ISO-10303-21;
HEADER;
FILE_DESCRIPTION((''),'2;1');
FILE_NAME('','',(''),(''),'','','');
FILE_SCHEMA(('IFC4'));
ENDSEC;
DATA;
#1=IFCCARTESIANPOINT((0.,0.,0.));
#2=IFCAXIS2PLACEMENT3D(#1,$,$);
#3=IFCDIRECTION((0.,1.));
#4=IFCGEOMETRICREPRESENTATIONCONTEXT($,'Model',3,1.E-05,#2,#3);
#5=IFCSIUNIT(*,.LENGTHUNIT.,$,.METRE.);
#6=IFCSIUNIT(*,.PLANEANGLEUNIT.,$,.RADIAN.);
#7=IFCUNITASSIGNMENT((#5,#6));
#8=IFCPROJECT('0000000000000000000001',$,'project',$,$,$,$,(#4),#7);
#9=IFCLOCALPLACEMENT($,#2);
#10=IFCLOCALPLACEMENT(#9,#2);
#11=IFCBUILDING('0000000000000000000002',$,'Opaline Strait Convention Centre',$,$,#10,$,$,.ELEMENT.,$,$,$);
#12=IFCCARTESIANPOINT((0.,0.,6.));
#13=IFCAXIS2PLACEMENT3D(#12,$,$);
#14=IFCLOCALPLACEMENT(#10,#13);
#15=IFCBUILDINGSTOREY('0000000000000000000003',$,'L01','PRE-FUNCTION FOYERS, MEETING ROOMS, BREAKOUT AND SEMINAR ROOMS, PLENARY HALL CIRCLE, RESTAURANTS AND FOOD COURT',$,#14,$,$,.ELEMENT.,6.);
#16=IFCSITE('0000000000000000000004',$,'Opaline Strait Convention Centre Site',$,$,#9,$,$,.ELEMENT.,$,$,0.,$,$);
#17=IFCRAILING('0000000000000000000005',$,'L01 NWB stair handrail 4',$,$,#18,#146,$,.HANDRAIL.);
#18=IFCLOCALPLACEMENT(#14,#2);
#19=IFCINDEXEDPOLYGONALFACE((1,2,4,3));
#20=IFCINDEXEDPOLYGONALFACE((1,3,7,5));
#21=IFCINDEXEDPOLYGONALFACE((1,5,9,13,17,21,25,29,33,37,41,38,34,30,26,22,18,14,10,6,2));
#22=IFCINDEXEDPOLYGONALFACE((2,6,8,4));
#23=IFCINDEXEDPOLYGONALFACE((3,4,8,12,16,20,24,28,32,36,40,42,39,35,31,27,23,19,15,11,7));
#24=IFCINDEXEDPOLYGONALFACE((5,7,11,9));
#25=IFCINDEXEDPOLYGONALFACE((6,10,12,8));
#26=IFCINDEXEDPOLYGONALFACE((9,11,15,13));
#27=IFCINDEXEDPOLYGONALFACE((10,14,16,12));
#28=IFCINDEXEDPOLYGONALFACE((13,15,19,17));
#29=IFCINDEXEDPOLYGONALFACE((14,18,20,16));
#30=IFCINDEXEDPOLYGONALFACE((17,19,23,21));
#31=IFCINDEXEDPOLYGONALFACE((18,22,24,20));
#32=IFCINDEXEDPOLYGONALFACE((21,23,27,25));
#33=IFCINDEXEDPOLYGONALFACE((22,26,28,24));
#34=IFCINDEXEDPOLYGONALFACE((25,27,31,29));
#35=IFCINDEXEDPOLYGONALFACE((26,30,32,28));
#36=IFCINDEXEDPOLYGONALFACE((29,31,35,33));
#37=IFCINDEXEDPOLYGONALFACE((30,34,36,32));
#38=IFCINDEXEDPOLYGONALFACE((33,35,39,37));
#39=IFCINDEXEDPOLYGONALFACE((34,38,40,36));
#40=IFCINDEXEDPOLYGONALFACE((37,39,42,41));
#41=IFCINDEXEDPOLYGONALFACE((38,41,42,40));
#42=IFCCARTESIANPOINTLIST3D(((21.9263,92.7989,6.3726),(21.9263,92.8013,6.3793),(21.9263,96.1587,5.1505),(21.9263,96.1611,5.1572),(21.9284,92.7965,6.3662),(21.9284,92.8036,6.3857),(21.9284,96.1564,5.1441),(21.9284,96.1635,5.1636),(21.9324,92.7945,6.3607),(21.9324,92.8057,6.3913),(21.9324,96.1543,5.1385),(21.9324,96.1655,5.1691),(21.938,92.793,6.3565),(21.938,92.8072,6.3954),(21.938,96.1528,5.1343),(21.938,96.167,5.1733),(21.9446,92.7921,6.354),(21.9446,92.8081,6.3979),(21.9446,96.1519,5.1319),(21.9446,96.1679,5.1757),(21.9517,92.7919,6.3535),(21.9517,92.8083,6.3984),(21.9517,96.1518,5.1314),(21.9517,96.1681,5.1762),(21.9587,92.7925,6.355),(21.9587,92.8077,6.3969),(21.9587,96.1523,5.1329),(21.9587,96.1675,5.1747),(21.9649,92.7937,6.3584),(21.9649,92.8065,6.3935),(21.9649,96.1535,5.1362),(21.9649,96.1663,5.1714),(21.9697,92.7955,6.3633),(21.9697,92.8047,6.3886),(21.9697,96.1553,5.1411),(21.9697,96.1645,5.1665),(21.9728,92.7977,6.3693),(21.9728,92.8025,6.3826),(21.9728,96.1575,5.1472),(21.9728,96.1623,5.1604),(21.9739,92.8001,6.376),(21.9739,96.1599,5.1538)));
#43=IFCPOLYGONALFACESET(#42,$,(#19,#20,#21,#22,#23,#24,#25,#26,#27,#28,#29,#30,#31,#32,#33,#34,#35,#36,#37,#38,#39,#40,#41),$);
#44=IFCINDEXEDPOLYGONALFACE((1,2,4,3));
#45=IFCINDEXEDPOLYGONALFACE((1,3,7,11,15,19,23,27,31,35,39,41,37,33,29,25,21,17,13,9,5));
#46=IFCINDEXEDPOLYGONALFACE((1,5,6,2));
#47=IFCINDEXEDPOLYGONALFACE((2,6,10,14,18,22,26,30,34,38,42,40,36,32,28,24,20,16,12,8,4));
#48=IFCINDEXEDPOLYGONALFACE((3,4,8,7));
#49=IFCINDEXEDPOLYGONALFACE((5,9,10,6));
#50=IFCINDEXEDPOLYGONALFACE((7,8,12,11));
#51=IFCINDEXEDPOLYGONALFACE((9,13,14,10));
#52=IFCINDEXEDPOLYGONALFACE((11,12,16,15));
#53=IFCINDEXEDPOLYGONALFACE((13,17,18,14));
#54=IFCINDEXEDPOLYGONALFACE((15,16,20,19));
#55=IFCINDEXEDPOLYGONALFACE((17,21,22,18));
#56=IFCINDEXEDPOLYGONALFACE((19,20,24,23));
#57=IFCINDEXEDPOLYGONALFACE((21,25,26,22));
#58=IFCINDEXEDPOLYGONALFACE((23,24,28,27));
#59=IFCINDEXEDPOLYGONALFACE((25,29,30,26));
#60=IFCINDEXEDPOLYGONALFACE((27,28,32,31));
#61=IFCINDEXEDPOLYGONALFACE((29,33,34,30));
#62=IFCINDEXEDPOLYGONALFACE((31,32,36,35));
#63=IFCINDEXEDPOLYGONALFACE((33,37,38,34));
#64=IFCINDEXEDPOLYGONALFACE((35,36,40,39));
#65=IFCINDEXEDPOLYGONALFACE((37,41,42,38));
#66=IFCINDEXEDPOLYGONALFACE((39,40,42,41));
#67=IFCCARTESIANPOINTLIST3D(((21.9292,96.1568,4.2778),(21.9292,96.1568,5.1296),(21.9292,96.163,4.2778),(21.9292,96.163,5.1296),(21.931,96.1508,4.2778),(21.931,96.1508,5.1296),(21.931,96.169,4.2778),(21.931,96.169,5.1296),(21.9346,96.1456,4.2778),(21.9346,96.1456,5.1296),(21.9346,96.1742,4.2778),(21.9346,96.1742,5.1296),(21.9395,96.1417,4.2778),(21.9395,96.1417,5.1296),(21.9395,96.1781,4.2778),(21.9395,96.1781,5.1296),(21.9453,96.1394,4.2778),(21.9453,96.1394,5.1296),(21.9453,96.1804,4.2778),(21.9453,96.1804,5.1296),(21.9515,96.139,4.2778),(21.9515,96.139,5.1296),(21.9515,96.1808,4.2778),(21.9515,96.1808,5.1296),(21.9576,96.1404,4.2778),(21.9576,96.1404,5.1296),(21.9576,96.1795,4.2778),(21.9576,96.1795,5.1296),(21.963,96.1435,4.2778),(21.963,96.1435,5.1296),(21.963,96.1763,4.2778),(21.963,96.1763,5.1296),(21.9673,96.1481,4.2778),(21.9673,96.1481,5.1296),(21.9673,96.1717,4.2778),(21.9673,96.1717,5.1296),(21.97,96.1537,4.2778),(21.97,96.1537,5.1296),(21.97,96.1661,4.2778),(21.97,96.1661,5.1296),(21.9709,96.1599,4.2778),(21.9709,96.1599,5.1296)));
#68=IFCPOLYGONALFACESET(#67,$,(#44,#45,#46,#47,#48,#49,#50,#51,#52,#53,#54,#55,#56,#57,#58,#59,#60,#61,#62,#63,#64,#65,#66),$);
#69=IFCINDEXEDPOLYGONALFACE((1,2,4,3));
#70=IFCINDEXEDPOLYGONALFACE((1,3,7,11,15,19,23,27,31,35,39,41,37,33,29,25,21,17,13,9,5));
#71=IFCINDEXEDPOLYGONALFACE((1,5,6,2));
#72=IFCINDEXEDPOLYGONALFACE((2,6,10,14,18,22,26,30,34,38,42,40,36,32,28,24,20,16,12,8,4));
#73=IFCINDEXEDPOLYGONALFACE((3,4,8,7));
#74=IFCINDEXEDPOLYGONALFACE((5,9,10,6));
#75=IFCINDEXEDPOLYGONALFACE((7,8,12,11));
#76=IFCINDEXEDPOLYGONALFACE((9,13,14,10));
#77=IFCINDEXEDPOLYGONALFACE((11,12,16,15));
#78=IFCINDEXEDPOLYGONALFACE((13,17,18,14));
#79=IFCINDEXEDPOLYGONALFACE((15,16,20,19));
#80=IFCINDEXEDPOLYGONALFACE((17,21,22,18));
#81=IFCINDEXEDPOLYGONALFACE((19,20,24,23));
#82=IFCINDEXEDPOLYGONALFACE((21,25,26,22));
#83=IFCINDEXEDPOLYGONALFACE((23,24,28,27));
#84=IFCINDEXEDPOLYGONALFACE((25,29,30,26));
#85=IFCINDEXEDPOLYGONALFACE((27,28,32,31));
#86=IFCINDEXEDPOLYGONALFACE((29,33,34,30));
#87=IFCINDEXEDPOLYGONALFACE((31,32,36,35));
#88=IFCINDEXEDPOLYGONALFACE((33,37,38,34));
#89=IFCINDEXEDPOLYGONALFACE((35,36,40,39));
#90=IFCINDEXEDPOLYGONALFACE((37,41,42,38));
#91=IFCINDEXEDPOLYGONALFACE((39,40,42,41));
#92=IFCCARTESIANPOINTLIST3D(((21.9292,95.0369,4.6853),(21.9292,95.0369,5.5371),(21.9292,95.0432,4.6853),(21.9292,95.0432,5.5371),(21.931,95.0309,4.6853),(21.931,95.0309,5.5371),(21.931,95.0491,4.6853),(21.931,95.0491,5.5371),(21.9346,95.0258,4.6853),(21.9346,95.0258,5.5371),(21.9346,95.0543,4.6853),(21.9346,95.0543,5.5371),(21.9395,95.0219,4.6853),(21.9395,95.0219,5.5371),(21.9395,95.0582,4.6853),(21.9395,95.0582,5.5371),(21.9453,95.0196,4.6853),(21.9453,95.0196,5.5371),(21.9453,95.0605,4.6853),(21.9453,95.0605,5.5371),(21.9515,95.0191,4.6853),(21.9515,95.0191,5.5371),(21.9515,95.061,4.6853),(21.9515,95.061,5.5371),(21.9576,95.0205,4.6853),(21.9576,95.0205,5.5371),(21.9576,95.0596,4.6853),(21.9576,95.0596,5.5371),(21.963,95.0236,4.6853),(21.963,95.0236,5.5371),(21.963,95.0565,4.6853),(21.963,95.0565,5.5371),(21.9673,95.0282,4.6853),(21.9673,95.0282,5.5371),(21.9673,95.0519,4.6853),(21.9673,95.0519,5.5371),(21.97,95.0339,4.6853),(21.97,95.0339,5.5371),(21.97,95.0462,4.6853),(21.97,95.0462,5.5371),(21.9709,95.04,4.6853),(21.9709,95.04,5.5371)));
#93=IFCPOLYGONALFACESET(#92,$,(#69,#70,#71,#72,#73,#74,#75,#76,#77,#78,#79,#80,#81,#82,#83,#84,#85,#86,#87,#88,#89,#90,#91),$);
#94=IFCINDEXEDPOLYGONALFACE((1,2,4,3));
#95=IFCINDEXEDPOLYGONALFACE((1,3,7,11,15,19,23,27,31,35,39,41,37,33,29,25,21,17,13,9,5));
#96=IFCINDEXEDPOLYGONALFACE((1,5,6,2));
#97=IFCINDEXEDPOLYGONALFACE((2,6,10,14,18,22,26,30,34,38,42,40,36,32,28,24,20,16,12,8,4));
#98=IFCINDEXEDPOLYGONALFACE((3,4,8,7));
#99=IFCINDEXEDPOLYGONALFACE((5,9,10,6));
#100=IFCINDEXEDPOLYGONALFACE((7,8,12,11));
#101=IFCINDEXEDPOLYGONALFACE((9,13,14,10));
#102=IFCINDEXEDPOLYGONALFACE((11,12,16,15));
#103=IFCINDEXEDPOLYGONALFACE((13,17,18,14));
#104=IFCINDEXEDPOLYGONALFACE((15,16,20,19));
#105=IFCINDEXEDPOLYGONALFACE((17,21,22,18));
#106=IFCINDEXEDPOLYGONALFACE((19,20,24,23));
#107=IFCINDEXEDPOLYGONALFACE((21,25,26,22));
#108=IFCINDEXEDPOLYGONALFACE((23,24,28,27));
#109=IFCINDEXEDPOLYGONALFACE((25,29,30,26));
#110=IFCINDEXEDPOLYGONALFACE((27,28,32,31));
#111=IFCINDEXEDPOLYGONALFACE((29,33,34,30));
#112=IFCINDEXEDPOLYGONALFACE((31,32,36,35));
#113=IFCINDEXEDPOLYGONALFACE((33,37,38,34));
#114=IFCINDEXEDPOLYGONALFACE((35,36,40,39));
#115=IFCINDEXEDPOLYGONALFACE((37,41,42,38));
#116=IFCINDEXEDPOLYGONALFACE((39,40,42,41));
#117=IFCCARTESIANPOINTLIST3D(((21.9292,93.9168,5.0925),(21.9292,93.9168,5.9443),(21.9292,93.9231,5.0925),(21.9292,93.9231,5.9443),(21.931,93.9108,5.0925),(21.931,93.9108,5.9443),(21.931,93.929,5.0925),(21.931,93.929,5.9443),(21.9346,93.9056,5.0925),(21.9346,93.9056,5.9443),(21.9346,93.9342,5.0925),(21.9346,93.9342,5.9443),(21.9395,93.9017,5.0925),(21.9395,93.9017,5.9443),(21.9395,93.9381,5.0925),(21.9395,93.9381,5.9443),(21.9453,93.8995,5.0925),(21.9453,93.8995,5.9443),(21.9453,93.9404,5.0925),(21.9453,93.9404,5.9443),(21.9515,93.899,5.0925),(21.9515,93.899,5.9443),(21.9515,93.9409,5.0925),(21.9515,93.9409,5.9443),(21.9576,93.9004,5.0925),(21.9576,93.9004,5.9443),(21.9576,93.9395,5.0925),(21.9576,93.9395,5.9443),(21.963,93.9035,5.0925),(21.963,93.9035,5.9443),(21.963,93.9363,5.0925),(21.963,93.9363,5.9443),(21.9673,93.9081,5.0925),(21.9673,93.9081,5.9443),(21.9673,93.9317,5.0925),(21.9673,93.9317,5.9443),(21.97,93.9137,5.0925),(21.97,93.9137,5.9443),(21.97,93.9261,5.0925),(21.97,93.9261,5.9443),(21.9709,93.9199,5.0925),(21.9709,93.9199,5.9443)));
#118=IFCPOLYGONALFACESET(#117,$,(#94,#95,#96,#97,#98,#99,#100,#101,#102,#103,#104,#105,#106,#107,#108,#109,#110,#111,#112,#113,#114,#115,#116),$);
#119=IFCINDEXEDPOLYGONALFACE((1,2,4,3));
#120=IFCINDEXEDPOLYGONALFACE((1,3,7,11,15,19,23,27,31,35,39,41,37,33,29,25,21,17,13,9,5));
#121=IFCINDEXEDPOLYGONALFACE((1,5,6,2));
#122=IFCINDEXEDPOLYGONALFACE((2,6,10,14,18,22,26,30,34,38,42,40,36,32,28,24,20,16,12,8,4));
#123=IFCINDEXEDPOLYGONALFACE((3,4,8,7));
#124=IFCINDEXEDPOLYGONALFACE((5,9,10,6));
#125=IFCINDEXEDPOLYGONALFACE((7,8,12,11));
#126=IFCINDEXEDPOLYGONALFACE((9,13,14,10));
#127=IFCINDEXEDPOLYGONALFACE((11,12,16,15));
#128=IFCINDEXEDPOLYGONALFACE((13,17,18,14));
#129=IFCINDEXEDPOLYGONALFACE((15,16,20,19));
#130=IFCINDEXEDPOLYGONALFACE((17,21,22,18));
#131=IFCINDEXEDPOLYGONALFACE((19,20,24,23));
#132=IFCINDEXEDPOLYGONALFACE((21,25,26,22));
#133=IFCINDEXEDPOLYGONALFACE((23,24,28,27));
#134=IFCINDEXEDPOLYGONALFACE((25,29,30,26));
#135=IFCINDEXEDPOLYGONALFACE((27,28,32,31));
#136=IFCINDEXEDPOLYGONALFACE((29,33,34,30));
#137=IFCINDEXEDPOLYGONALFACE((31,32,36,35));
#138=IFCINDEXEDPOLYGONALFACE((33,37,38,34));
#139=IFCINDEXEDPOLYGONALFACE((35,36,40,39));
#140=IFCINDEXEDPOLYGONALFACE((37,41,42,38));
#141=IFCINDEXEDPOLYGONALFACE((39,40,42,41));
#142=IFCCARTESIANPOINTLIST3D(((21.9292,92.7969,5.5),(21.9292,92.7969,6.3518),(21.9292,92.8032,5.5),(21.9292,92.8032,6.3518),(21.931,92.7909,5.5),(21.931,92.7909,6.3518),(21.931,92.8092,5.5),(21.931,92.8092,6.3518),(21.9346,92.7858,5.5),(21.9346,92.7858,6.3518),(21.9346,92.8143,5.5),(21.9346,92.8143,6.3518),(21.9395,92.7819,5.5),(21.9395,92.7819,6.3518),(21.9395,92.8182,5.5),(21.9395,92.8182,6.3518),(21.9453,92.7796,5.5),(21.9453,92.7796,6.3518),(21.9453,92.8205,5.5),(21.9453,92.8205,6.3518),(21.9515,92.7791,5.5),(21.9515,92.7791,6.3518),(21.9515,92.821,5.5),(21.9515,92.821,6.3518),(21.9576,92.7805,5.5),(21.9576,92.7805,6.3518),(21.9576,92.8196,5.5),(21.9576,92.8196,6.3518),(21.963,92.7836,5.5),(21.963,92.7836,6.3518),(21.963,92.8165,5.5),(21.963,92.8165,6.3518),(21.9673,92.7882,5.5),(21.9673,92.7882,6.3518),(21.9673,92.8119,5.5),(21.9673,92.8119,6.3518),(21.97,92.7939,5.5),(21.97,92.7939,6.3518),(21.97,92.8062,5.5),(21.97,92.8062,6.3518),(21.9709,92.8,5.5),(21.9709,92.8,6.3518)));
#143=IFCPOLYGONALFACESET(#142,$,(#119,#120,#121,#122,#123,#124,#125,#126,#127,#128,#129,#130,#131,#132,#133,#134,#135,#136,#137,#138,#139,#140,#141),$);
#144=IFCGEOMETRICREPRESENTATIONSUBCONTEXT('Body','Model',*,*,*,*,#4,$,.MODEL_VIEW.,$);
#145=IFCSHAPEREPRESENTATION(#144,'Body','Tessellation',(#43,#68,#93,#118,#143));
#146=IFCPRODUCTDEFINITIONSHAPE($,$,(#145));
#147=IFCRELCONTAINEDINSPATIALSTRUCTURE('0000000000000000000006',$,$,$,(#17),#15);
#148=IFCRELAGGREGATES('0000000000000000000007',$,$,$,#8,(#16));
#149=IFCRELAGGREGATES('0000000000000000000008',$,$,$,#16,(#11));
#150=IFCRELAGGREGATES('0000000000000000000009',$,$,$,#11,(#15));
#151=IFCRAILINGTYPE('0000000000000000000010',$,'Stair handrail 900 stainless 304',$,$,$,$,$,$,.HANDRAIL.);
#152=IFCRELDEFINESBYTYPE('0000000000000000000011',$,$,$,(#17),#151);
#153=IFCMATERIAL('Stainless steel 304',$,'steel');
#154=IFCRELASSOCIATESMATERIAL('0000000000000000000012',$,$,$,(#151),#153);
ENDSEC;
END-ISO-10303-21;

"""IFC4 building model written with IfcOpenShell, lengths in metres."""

from ifc_helpers import new_model, si_unit, direction, frame, origin, origin_2d, place, context, subcontext, project, spatial, circle, extrude, material, type_object, element, save


model = new_model("IFC4")

# Units and contexts
model_context = context("Model", 3, precision=1e-05, world=origin(), true_north=direction((0.0, 1.0)))
body_context = subcontext(model_context, "Body", "Model", "MODEL_VIEW")
ifc_project = project(units=[si_unit("LENGTHUNIT", "METRE"), si_unit("PLANEANGLEUNIT", "RADIAN")], contexts=[model_context])

# Site, building, storey
site_placement = place(None, origin())
site = spatial("IfcSite", under=ifc_project, at=site_placement, Name="Opaline Strait Convention Centre Site", CompositionType="ELEMENT", RefElevation=0.0)
building_placement = place(site_placement, origin())
building = spatial("IfcBuilding", under=site, at=building_placement, Name="Opaline Strait Convention Centre", CompositionType="ELEMENT")
storey_placement = place(building_placement, frame((0.0, 0.0, 6.0)))
storey = spatial("IfcBuildingStorey", under=building, at=storey_placement, Name="L01", Description="PRE-FUNCTION FOYERS, MEETING ROOMS, BREAKOUT AND SEMINAR ROOMS, PLENARY HALL CIRCLE, RESTAURANTS AND FOOD COURT", CompositionType="ELEMENT", Elevation=6.0)

# Railing
ifc_material_1 = material(Name="Stainless steel 304", Category="steel")
railing_type_1 = type_object("IfcRailingType", Name="Stair handrail 900 stainless 304", PredefinedType="HANDRAIL", material=ifc_material_1)
for number, where, name in (
    (1, (21.95, 96.1599, 4.2778), "L01 NWB stair handrail 4"),
):
    element("IfcRailing", number, at=place(storey_placement, frame(where)), inside=storey, type_object=railing_type_1, Name=name, PredefinedType="HANDRAIL", context=body_context, shape_type="SweptSolid", body=[
        extrude(circle(Radius=0.0239, at=origin_2d()), frame((0.0, 0.0, 0.876), z_axis=(0.0, -0.939758, 0.341842), x_axis=(1.0, 0.0, 0.0)), (0.0, 0.0, 1.0), 3.5752),
        extrude(circle(Radius=0.021, at=origin_2d()), origin(), (0.0, 0.0, 1.0), 0.8518),
        extrude(circle(Radius=0.021, at=origin_2d()), frame((0.0, -1.1199, 0.4075)), (0.0, 0.0, 1.0), 0.8518),
        extrude(circle(Radius=0.021, at=origin_2d()), frame((0.0, -2.24, 0.8147)), (0.0, 0.0, 1.0), 0.8518),
        extrude(circle(Radius=0.021, at=origin_2d()), frame((0.0, -3.3599, 1.2222)), (0.0, 0.0, 1.0), 0.8518),
    ])

save(model, "model.ifc")
